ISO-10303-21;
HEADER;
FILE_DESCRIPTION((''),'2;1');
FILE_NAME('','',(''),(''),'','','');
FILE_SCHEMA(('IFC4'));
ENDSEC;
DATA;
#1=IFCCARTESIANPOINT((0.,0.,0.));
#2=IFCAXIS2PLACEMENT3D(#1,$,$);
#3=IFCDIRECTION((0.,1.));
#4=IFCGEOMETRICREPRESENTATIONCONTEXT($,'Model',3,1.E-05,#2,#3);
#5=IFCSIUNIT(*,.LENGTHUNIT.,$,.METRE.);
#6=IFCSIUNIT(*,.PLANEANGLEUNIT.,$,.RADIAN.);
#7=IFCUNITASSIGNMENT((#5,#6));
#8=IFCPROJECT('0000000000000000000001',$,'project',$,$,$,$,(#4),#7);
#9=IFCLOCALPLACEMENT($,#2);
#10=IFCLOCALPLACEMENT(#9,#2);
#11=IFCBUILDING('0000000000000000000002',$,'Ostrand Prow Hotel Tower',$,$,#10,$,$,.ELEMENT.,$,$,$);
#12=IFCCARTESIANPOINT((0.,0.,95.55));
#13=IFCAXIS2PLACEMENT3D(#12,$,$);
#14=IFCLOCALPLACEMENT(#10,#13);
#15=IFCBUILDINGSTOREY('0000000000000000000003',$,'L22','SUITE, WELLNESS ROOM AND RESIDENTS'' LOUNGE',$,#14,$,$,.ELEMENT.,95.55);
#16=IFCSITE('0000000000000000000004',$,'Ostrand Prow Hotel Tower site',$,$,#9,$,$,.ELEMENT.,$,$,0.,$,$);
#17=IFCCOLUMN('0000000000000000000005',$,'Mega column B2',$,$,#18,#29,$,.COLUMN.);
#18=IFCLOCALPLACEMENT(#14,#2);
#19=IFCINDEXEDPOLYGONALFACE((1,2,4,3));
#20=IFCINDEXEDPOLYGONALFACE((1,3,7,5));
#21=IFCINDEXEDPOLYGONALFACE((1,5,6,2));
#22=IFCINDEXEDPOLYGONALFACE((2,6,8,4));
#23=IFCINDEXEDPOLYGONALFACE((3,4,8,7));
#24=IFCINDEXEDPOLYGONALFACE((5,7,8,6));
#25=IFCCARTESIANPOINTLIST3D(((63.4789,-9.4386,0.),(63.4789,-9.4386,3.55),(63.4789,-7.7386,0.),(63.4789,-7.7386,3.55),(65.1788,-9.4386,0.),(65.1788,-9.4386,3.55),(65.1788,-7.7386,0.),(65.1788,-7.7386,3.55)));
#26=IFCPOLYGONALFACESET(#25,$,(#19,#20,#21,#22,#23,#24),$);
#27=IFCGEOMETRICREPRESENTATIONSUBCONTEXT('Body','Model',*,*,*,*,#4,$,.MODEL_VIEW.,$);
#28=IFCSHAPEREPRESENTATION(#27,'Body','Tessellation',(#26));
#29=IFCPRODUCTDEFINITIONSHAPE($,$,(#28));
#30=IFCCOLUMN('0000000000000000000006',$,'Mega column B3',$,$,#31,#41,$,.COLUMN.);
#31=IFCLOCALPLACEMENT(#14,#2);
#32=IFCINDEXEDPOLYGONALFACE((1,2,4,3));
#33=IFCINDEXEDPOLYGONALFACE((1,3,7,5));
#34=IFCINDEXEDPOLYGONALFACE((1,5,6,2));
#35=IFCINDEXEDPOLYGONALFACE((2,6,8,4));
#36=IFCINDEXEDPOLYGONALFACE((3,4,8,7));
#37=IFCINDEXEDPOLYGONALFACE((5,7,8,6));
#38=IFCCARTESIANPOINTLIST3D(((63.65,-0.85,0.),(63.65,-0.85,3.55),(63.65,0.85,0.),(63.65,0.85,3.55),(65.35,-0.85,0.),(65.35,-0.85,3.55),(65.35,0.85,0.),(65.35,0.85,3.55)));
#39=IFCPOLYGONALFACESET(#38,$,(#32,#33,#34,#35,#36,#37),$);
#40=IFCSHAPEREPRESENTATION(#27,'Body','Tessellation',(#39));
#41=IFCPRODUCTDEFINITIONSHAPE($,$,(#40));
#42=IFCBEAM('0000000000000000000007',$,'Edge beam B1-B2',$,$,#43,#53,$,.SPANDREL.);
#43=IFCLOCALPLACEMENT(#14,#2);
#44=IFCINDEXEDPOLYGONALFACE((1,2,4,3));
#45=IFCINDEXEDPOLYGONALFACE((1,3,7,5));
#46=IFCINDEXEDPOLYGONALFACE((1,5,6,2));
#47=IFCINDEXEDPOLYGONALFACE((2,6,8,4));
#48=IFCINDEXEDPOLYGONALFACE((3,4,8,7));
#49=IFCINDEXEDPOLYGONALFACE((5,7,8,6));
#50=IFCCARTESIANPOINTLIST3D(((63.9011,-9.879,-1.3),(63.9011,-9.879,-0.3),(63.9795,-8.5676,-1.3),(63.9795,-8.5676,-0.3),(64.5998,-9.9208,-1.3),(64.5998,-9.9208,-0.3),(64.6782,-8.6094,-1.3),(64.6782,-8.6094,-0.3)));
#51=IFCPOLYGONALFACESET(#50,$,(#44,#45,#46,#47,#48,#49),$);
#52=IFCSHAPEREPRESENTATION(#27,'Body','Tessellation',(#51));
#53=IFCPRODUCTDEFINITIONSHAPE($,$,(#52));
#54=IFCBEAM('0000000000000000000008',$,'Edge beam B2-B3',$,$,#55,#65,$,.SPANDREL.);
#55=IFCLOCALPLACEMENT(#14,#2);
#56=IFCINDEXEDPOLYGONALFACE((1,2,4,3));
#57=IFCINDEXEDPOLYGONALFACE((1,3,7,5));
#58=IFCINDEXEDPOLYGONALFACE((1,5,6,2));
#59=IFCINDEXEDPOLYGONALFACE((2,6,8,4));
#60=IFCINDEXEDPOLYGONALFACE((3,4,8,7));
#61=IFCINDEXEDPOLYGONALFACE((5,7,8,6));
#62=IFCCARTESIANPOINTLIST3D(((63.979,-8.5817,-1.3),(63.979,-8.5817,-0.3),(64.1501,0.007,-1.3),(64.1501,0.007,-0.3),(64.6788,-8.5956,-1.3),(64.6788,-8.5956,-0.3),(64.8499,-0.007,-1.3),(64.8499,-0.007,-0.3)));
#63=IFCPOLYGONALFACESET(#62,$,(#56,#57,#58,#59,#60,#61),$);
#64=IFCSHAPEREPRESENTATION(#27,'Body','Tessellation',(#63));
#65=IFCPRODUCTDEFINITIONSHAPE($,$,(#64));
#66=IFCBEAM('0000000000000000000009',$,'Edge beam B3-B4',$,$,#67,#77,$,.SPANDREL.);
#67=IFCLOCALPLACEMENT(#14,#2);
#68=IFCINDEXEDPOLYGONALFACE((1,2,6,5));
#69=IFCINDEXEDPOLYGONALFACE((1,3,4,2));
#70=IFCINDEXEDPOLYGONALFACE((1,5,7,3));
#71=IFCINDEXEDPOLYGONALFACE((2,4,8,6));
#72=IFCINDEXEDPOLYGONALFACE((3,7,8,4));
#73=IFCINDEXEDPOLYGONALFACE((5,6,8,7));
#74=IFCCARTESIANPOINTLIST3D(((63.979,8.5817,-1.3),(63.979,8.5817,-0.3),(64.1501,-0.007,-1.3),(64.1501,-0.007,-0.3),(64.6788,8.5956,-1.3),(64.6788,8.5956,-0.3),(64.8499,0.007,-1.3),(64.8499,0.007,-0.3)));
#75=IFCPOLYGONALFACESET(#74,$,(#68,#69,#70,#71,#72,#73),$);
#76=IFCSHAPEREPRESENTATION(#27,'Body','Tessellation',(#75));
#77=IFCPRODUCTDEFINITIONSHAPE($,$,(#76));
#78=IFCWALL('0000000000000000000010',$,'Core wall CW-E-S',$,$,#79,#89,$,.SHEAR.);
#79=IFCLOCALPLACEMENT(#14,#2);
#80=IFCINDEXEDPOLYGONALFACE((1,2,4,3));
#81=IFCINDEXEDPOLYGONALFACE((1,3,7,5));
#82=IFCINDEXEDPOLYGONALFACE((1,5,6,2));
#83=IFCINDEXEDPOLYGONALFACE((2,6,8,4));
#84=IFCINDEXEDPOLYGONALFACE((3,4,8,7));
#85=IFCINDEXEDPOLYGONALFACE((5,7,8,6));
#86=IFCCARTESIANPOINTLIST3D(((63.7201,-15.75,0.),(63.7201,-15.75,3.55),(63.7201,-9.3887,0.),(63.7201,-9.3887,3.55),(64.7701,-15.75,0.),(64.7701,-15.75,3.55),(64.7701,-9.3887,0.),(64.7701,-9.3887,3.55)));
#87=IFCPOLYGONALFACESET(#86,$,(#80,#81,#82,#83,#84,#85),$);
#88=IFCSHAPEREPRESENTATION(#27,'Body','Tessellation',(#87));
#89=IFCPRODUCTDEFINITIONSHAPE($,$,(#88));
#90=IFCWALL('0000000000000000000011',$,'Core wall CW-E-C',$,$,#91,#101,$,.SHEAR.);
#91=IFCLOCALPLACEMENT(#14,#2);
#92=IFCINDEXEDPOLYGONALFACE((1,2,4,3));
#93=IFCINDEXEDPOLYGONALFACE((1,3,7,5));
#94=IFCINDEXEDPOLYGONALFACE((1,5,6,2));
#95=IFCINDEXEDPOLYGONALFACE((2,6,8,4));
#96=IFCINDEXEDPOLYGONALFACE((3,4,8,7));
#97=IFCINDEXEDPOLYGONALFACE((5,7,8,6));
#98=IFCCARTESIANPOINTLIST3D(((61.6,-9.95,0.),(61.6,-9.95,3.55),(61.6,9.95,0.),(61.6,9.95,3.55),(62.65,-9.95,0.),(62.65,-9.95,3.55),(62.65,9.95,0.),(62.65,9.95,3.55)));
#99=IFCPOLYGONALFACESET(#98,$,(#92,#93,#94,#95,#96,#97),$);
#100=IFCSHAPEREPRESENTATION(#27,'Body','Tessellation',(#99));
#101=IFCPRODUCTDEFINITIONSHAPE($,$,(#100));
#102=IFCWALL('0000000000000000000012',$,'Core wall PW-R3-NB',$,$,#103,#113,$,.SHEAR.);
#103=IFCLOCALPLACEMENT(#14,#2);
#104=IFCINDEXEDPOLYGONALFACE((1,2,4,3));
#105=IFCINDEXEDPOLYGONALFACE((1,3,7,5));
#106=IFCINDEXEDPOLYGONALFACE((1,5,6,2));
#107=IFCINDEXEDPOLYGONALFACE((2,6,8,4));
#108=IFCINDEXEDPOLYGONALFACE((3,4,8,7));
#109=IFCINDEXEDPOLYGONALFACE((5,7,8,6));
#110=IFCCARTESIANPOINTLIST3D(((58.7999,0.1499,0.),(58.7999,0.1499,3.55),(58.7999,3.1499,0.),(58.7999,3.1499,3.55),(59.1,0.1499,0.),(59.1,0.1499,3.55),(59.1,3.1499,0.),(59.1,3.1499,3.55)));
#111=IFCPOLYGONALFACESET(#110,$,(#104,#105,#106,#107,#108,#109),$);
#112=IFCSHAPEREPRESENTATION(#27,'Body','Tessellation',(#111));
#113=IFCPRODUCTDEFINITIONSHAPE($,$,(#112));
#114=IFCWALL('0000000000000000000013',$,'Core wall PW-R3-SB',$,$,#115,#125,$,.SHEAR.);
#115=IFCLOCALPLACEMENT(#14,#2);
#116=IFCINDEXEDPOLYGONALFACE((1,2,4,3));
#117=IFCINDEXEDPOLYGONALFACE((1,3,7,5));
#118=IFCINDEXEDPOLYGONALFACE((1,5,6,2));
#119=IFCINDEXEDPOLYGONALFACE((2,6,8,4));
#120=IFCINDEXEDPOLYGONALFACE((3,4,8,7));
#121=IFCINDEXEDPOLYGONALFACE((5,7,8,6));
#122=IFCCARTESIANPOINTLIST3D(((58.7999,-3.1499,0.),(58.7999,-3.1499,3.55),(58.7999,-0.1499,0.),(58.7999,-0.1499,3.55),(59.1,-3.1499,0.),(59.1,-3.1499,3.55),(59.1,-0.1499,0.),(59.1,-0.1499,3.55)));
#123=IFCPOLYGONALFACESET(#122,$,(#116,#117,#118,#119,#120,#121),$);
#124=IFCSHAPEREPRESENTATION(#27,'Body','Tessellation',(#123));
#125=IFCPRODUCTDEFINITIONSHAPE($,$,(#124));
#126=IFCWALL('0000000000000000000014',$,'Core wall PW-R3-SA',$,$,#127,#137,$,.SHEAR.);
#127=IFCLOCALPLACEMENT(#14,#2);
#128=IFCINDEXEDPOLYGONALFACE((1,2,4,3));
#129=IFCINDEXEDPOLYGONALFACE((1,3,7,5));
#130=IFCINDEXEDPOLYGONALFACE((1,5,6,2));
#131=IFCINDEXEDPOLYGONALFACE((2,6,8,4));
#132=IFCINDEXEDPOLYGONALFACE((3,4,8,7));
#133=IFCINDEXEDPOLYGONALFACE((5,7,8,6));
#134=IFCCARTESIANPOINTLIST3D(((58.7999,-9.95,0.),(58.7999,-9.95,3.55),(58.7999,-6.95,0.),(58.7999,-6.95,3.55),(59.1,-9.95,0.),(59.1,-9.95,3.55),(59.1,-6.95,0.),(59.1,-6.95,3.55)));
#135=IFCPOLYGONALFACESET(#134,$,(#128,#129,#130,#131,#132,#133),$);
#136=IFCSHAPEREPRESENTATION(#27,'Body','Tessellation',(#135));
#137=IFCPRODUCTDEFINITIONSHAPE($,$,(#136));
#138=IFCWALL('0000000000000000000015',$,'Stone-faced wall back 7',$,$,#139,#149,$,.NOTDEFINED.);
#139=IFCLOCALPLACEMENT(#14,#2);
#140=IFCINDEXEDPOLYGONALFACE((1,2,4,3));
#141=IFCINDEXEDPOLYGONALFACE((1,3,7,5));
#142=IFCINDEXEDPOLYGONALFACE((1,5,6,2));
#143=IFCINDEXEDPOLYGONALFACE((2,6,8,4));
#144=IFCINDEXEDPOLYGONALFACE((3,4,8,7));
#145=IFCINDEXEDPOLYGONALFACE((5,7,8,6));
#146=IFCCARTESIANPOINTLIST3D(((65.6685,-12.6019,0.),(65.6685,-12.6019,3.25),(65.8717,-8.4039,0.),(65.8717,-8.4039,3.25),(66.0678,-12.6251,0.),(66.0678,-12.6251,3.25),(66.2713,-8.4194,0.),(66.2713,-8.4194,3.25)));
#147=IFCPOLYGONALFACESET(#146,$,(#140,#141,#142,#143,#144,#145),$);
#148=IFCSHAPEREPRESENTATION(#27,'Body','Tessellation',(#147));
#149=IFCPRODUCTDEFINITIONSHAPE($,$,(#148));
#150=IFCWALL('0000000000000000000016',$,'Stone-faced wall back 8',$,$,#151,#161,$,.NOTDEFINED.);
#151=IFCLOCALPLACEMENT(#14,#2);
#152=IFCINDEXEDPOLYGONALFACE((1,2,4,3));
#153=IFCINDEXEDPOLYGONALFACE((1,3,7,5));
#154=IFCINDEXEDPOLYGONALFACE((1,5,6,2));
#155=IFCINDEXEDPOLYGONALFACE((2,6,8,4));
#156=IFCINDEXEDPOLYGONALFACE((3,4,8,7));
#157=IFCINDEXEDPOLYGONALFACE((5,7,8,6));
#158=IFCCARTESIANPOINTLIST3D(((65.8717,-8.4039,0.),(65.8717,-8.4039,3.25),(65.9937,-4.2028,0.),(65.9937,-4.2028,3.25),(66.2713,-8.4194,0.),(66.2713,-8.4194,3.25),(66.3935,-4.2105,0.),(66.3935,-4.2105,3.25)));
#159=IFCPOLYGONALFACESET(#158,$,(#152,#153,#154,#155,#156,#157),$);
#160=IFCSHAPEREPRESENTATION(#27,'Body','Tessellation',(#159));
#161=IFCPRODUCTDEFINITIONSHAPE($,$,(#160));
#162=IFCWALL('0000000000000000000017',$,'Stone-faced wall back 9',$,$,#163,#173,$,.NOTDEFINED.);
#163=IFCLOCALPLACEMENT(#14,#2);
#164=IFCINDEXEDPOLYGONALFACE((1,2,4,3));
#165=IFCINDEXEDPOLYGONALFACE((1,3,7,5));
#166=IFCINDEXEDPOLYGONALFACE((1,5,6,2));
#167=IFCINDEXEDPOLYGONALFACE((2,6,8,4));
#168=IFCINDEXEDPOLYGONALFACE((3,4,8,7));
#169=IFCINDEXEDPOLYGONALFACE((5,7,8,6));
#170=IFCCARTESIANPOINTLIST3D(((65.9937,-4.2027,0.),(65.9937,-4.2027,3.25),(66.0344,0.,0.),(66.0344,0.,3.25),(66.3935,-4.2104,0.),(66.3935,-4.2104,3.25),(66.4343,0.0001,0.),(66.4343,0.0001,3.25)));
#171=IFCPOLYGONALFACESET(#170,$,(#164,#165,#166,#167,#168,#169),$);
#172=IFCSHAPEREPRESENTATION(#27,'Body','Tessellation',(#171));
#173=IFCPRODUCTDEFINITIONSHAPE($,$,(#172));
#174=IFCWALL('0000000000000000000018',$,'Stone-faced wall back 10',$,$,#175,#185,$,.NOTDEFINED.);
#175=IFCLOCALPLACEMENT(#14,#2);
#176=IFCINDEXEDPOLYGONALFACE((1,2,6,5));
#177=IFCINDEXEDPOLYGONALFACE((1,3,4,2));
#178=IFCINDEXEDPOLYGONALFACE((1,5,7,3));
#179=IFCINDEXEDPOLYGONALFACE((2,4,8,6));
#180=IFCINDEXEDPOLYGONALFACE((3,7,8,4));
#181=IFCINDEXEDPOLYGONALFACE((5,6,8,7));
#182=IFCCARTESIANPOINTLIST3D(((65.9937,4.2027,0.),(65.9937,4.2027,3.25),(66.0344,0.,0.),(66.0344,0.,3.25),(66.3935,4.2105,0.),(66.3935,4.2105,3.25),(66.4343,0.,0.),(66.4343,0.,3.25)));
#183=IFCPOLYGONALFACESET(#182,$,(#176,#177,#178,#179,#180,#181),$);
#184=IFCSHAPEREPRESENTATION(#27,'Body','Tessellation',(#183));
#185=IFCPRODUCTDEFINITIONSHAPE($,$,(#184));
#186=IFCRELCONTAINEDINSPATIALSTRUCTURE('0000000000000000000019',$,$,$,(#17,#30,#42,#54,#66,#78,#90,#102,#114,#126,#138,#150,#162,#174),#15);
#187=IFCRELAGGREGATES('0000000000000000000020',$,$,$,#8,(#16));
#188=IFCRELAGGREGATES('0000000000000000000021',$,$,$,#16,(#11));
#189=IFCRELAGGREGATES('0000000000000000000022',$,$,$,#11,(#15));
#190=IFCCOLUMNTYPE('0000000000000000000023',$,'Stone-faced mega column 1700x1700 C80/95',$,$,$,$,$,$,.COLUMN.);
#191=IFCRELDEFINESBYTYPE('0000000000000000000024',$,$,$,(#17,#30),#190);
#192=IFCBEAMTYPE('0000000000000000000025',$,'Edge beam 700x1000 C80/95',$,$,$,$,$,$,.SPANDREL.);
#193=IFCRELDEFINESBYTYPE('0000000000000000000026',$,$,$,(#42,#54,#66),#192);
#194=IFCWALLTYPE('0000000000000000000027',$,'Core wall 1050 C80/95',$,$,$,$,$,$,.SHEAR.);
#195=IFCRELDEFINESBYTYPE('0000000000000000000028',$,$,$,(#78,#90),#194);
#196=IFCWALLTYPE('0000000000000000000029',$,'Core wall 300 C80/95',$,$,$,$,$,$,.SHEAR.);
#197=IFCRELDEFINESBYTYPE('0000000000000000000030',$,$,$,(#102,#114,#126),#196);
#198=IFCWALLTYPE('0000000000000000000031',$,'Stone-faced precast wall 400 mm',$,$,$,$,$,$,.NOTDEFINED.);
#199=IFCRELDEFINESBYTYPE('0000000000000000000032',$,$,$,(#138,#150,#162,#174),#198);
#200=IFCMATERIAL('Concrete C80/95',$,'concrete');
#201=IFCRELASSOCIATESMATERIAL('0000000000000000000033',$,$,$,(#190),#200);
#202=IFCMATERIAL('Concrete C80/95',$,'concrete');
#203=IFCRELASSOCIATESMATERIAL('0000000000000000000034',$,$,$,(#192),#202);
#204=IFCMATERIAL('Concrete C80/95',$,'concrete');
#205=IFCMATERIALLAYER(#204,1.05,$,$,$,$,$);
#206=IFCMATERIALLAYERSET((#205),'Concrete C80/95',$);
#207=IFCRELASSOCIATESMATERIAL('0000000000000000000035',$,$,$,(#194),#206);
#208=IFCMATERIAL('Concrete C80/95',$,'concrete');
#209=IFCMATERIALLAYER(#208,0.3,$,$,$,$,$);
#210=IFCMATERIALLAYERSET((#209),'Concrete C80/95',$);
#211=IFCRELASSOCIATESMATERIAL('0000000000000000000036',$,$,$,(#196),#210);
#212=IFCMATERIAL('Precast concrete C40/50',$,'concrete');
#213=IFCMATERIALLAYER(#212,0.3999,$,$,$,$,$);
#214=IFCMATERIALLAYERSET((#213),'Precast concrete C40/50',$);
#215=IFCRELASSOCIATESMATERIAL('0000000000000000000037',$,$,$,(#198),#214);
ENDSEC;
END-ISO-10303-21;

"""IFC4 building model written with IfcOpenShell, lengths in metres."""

from ifc_helpers import new_model, si_unit, direction, frame, frame_2d, origin, origin_2d, place, context, subcontext, project, spatial, polyline, rectangle, outline, extrude, material, layer, layer_set, material_profile, profile_set, type_object, element, save


model = new_model("IFC4")

# Units and contexts
model_context = context("Model", 3, precision=1e-05, world=origin(), true_north=direction((0.0, 1.0)))
body_context = subcontext(model_context, "Body", "Model", "MODEL_VIEW")
ifc_project = project(units=[si_unit("LENGTHUNIT", "METRE"), si_unit("PLANEANGLEUNIT", "RADIAN")], contexts=[model_context])

# Site, building, storey
site_placement = place(None, origin())
site = spatial("IfcSite", under=ifc_project, at=site_placement, Name="Ostrand Prow Hotel Tower site", CompositionType="ELEMENT", RefElevation=0.0)
building_placement = place(site_placement, origin())
building = spatial("IfcBuilding", under=site, at=building_placement, Name="Ostrand Prow Hotel Tower", CompositionType="ELEMENT")
storey_placement = place(building_placement, frame((0.0, 0.0, 95.55)))
storey = spatial("IfcBuildingStorey", under=building, at=storey_placement, Name="L22", Description="SUITE, WELLNESS ROOM AND RESIDENTS' LOUNGE", CompositionType="ELEMENT", Elevation=95.55)

# Columns
ifc_material_1 = material(Name="Concrete C80/95", Category="concrete")
ifc_material_profile_1 = material_profile(ifc_material_1, rectangle(XDim=1.7, YDim=1.7, at=origin_2d()), Name="RC 1700x1700")
ifc_profile_set_1 = profile_set([ifc_material_profile_1], Name="Concrete C80/95")
column_type = type_object("IfcColumnType", Name="Stone-faced mega column 1700x1700 C80/95", PredefinedType="COLUMN", material=ifc_profile_set_1)
for number, where, z_axis, x_axis, name in (
    (1, (64.3289, -8.5886, 0.0), (0.0, 0.0, 1.0), (1.0, 0.0, 0.0), "Mega column B2"),
    (2, (64.5, 0.0, 0.0), (0.0, 0.0, 1.0), (1.0, 0.0, 0.0), "Mega column B3"),
):
    element("IfcColumn", number, at=place(storey_placement, frame(where, z_axis=z_axis, x_axis=x_axis)), inside=storey, type_object=column_type, Name=name, PredefinedType="COLUMN", context=body_context, shape_type="SweptSolid", body=[
        extrude(rectangle(XDim=1.7, YDim=1.7, at=origin_2d()), origin(), (0.0, 0.0, 1.0), 3.55),
    ])

# Beams
ifc_material_2 = material(Name="Concrete C80/95", Category="concrete")
ifc_material_profile_2 = material_profile(ifc_material_2, rectangle(XDim=0.7, YDim=1.0, at=origin_2d()), Name="RC 700x1000")
ifc_profile_set_2 = profile_set([ifc_material_profile_2], Name="Concrete C80/95")
beam_type = type_object("IfcBeamType", Name="Edge beam 700x1000 C80/95", PredefinedType="SPANDREL", material=ifc_profile_set_2)
beam_placement = place(storey_placement, frame((64.2505, -9.8999, -0.8), z_axis=(0.059659, 0.998219, 0.0), x_axis=(-0.998219, 0.059659, 0.0)))
element("IfcBeam", 3, at=beam_placement, inside=storey, type_object=beam_type, Name="Edge beam B1-B2", PredefinedType="SPANDREL", context=body_context, shape_type="SweptSolid", body=[
    extrude(rectangle(XDim=0.7, YDim=1.0, at=origin_2d()), origin(), (0.0, 0.0, 1.0), 1.3137),
])
for number, where, z_axis, x_axis, name in (
    (4, (64.3289, -8.5886, -0.8), (0.019923, 0.999802, 0.0), (-0.999802, 0.019923, 0.0), "Edge beam B2-B3"),
    (5, (64.5, 0.0, -0.8), (-0.019923, 0.999802, 0.0), (-0.999802, -0.019923, 0.0), "Edge beam B3-B4"),
):
    element("IfcBeam", number, at=place(storey_placement, frame(where, z_axis=z_axis, x_axis=x_axis)), inside=storey, type_object=beam_type, Name=name, PredefinedType="SPANDREL", context=body_context, shape_type="SweptSolid", body=[
        extrude(rectangle(XDim=0.7, YDim=1.0, at=origin_2d()), origin(), (0.0, 0.0, 1.0), 8.5903),
    ])

# Walls
ifc_material_3 = material(Name="Concrete C80/95", Category="concrete")
ifc_layer_1 = layer(ifc_material_3, 1.05)
ifc_layer_set_1 = layer_set([ifc_layer_1], Name="Concrete C80/95")
wall_type_1 = type_object("IfcWallType", Name="Core wall 1050 C80/95", PredefinedType="SHEAR", material=ifc_layer_set_1)
wall_1_placement = place(storey_placement, frame((64.2451, -15.75, 0.0), z_axis=(0.0, 0.0, 1.0), x_axis=(0.0, 1.0, 0.0)))
element("IfcWall", 6, at=wall_1_placement, inside=storey, type_object=wall_type_1, Name="Core wall CW-E-S", PredefinedType="SHEAR", context=body_context, shape_type="SweptSolid", body=[
    extrude(rectangle(XDim=6.3613, YDim=1.05, at=frame_2d((3.1807, 0.0))), origin(), (0.0, 0.0, 1.0), 3.55),
])
wall_2_placement = place(storey_placement, frame((62.125, -9.95, 0.0), z_axis=(0.0, 0.0, 1.0), x_axis=(0.0, 1.0, 0.0)))
element("IfcWall", 7, at=wall_2_placement, inside=storey, type_object=wall_type_1, Name="Core wall CW-E-C", PredefinedType="SHEAR", context=body_context, shape_type="SweptSolid", body=[
    extrude(rectangle(XDim=19.8999, YDim=1.05, at=frame_2d((9.95, 0.0))), origin(), (0.0, 0.0, 1.0), 3.55),
])
ifc_material_4 = material(Name="Concrete C80/95", Category="concrete")
ifc_layer_2 = layer(ifc_material_4, 0.3)
ifc_layer_set_2 = layer_set([ifc_layer_2], Name="Concrete C80/95")
wall_type_2 = type_object("IfcWallType", Name="Core wall 300 C80/95", PredefinedType="SHEAR", material=ifc_layer_set_2)
for number, where, z_axis, x_axis, name in (
    (8, (58.95, 0.1499, 0.0), (0.0, 0.0, 1.0), (0.0, 1.0, 0.0), "Core wall PW-R3-NB"),
    (9, (58.95, -3.1499, 0.0), (0.0, 0.0, 1.0), (0.0, 1.0, 0.0), "Core wall PW-R3-SB"),
    (10, (58.95, -9.95, 0.0), (0.0, 0.0, 1.0), (0.0, 1.0, 0.0), "Core wall PW-R3-SA"),
):
    element("IfcWall", number, at=place(storey_placement, frame(where, z_axis=z_axis, x_axis=x_axis)), inside=storey, type_object=wall_type_2, Name=name, PredefinedType="SHEAR", context=body_context, shape_type="SweptSolid", body=[
        extrude(rectangle(XDim=3.0, YDim=0.3, at=frame_2d((1.5, 0.0))), origin(), (0.0, 0.0, 1.0), 3.55),
    ])
ifc_material_5 = material(Name="Precast concrete C40/50", Category="concrete")
ifc_layer_3 = layer(ifc_material_5, 0.3999)
ifc_layer_set_3 = layer_set([ifc_layer_3], Name="Precast concrete C40/50")
wall_type_3 = type_object("IfcWallType", Name="Stone-faced precast wall 400 mm", PredefinedType="NOTDEFINED", material=ifc_layer_set_3)
for number, where, z_axis, x_axis, name in (
    (11, (65.8682, -12.6135, 0.0), (0.0, 0.0, 1.0), (0.048343, 0.998831, 0.0), "Stone-faced wall back 7"),
    (12, (66.0715, -8.4116, 0.0), (0.0, 0.0, 1.0), (0.029017, 0.999579, 0.0), "Stone-faced wall back 8"),
    (13, (66.1936, -4.2065, 0.0), (0.0, 0.0, 1.0), (0.009692, 0.999953, 0.0), "Stone-faced wall back 9"),
    (14, (66.2344, 0.0, 0.0), (0.0, 0.0, 1.0), (-0.009692, 0.999953, 0.0), "Stone-faced wall back 10"),
):
    element("IfcWall", number, at=place(storey_placement, frame(where, z_axis=z_axis, x_axis=x_axis)), inside=storey, type_object=wall_type_3, Name=name, PredefinedType="NOTDEFINED", context=body_context, shape_type="SweptSolid", body=[
        extrude(outline(polyline([(-0.002, -0.2), (4.2087, -0.2), (4.2048, 0.2), (0.002, 0.2), (-0.002, -0.2)])), origin(), (0.0, 0.0, 1.0), 3.25),
    ])

save(model, "model.ifc")
